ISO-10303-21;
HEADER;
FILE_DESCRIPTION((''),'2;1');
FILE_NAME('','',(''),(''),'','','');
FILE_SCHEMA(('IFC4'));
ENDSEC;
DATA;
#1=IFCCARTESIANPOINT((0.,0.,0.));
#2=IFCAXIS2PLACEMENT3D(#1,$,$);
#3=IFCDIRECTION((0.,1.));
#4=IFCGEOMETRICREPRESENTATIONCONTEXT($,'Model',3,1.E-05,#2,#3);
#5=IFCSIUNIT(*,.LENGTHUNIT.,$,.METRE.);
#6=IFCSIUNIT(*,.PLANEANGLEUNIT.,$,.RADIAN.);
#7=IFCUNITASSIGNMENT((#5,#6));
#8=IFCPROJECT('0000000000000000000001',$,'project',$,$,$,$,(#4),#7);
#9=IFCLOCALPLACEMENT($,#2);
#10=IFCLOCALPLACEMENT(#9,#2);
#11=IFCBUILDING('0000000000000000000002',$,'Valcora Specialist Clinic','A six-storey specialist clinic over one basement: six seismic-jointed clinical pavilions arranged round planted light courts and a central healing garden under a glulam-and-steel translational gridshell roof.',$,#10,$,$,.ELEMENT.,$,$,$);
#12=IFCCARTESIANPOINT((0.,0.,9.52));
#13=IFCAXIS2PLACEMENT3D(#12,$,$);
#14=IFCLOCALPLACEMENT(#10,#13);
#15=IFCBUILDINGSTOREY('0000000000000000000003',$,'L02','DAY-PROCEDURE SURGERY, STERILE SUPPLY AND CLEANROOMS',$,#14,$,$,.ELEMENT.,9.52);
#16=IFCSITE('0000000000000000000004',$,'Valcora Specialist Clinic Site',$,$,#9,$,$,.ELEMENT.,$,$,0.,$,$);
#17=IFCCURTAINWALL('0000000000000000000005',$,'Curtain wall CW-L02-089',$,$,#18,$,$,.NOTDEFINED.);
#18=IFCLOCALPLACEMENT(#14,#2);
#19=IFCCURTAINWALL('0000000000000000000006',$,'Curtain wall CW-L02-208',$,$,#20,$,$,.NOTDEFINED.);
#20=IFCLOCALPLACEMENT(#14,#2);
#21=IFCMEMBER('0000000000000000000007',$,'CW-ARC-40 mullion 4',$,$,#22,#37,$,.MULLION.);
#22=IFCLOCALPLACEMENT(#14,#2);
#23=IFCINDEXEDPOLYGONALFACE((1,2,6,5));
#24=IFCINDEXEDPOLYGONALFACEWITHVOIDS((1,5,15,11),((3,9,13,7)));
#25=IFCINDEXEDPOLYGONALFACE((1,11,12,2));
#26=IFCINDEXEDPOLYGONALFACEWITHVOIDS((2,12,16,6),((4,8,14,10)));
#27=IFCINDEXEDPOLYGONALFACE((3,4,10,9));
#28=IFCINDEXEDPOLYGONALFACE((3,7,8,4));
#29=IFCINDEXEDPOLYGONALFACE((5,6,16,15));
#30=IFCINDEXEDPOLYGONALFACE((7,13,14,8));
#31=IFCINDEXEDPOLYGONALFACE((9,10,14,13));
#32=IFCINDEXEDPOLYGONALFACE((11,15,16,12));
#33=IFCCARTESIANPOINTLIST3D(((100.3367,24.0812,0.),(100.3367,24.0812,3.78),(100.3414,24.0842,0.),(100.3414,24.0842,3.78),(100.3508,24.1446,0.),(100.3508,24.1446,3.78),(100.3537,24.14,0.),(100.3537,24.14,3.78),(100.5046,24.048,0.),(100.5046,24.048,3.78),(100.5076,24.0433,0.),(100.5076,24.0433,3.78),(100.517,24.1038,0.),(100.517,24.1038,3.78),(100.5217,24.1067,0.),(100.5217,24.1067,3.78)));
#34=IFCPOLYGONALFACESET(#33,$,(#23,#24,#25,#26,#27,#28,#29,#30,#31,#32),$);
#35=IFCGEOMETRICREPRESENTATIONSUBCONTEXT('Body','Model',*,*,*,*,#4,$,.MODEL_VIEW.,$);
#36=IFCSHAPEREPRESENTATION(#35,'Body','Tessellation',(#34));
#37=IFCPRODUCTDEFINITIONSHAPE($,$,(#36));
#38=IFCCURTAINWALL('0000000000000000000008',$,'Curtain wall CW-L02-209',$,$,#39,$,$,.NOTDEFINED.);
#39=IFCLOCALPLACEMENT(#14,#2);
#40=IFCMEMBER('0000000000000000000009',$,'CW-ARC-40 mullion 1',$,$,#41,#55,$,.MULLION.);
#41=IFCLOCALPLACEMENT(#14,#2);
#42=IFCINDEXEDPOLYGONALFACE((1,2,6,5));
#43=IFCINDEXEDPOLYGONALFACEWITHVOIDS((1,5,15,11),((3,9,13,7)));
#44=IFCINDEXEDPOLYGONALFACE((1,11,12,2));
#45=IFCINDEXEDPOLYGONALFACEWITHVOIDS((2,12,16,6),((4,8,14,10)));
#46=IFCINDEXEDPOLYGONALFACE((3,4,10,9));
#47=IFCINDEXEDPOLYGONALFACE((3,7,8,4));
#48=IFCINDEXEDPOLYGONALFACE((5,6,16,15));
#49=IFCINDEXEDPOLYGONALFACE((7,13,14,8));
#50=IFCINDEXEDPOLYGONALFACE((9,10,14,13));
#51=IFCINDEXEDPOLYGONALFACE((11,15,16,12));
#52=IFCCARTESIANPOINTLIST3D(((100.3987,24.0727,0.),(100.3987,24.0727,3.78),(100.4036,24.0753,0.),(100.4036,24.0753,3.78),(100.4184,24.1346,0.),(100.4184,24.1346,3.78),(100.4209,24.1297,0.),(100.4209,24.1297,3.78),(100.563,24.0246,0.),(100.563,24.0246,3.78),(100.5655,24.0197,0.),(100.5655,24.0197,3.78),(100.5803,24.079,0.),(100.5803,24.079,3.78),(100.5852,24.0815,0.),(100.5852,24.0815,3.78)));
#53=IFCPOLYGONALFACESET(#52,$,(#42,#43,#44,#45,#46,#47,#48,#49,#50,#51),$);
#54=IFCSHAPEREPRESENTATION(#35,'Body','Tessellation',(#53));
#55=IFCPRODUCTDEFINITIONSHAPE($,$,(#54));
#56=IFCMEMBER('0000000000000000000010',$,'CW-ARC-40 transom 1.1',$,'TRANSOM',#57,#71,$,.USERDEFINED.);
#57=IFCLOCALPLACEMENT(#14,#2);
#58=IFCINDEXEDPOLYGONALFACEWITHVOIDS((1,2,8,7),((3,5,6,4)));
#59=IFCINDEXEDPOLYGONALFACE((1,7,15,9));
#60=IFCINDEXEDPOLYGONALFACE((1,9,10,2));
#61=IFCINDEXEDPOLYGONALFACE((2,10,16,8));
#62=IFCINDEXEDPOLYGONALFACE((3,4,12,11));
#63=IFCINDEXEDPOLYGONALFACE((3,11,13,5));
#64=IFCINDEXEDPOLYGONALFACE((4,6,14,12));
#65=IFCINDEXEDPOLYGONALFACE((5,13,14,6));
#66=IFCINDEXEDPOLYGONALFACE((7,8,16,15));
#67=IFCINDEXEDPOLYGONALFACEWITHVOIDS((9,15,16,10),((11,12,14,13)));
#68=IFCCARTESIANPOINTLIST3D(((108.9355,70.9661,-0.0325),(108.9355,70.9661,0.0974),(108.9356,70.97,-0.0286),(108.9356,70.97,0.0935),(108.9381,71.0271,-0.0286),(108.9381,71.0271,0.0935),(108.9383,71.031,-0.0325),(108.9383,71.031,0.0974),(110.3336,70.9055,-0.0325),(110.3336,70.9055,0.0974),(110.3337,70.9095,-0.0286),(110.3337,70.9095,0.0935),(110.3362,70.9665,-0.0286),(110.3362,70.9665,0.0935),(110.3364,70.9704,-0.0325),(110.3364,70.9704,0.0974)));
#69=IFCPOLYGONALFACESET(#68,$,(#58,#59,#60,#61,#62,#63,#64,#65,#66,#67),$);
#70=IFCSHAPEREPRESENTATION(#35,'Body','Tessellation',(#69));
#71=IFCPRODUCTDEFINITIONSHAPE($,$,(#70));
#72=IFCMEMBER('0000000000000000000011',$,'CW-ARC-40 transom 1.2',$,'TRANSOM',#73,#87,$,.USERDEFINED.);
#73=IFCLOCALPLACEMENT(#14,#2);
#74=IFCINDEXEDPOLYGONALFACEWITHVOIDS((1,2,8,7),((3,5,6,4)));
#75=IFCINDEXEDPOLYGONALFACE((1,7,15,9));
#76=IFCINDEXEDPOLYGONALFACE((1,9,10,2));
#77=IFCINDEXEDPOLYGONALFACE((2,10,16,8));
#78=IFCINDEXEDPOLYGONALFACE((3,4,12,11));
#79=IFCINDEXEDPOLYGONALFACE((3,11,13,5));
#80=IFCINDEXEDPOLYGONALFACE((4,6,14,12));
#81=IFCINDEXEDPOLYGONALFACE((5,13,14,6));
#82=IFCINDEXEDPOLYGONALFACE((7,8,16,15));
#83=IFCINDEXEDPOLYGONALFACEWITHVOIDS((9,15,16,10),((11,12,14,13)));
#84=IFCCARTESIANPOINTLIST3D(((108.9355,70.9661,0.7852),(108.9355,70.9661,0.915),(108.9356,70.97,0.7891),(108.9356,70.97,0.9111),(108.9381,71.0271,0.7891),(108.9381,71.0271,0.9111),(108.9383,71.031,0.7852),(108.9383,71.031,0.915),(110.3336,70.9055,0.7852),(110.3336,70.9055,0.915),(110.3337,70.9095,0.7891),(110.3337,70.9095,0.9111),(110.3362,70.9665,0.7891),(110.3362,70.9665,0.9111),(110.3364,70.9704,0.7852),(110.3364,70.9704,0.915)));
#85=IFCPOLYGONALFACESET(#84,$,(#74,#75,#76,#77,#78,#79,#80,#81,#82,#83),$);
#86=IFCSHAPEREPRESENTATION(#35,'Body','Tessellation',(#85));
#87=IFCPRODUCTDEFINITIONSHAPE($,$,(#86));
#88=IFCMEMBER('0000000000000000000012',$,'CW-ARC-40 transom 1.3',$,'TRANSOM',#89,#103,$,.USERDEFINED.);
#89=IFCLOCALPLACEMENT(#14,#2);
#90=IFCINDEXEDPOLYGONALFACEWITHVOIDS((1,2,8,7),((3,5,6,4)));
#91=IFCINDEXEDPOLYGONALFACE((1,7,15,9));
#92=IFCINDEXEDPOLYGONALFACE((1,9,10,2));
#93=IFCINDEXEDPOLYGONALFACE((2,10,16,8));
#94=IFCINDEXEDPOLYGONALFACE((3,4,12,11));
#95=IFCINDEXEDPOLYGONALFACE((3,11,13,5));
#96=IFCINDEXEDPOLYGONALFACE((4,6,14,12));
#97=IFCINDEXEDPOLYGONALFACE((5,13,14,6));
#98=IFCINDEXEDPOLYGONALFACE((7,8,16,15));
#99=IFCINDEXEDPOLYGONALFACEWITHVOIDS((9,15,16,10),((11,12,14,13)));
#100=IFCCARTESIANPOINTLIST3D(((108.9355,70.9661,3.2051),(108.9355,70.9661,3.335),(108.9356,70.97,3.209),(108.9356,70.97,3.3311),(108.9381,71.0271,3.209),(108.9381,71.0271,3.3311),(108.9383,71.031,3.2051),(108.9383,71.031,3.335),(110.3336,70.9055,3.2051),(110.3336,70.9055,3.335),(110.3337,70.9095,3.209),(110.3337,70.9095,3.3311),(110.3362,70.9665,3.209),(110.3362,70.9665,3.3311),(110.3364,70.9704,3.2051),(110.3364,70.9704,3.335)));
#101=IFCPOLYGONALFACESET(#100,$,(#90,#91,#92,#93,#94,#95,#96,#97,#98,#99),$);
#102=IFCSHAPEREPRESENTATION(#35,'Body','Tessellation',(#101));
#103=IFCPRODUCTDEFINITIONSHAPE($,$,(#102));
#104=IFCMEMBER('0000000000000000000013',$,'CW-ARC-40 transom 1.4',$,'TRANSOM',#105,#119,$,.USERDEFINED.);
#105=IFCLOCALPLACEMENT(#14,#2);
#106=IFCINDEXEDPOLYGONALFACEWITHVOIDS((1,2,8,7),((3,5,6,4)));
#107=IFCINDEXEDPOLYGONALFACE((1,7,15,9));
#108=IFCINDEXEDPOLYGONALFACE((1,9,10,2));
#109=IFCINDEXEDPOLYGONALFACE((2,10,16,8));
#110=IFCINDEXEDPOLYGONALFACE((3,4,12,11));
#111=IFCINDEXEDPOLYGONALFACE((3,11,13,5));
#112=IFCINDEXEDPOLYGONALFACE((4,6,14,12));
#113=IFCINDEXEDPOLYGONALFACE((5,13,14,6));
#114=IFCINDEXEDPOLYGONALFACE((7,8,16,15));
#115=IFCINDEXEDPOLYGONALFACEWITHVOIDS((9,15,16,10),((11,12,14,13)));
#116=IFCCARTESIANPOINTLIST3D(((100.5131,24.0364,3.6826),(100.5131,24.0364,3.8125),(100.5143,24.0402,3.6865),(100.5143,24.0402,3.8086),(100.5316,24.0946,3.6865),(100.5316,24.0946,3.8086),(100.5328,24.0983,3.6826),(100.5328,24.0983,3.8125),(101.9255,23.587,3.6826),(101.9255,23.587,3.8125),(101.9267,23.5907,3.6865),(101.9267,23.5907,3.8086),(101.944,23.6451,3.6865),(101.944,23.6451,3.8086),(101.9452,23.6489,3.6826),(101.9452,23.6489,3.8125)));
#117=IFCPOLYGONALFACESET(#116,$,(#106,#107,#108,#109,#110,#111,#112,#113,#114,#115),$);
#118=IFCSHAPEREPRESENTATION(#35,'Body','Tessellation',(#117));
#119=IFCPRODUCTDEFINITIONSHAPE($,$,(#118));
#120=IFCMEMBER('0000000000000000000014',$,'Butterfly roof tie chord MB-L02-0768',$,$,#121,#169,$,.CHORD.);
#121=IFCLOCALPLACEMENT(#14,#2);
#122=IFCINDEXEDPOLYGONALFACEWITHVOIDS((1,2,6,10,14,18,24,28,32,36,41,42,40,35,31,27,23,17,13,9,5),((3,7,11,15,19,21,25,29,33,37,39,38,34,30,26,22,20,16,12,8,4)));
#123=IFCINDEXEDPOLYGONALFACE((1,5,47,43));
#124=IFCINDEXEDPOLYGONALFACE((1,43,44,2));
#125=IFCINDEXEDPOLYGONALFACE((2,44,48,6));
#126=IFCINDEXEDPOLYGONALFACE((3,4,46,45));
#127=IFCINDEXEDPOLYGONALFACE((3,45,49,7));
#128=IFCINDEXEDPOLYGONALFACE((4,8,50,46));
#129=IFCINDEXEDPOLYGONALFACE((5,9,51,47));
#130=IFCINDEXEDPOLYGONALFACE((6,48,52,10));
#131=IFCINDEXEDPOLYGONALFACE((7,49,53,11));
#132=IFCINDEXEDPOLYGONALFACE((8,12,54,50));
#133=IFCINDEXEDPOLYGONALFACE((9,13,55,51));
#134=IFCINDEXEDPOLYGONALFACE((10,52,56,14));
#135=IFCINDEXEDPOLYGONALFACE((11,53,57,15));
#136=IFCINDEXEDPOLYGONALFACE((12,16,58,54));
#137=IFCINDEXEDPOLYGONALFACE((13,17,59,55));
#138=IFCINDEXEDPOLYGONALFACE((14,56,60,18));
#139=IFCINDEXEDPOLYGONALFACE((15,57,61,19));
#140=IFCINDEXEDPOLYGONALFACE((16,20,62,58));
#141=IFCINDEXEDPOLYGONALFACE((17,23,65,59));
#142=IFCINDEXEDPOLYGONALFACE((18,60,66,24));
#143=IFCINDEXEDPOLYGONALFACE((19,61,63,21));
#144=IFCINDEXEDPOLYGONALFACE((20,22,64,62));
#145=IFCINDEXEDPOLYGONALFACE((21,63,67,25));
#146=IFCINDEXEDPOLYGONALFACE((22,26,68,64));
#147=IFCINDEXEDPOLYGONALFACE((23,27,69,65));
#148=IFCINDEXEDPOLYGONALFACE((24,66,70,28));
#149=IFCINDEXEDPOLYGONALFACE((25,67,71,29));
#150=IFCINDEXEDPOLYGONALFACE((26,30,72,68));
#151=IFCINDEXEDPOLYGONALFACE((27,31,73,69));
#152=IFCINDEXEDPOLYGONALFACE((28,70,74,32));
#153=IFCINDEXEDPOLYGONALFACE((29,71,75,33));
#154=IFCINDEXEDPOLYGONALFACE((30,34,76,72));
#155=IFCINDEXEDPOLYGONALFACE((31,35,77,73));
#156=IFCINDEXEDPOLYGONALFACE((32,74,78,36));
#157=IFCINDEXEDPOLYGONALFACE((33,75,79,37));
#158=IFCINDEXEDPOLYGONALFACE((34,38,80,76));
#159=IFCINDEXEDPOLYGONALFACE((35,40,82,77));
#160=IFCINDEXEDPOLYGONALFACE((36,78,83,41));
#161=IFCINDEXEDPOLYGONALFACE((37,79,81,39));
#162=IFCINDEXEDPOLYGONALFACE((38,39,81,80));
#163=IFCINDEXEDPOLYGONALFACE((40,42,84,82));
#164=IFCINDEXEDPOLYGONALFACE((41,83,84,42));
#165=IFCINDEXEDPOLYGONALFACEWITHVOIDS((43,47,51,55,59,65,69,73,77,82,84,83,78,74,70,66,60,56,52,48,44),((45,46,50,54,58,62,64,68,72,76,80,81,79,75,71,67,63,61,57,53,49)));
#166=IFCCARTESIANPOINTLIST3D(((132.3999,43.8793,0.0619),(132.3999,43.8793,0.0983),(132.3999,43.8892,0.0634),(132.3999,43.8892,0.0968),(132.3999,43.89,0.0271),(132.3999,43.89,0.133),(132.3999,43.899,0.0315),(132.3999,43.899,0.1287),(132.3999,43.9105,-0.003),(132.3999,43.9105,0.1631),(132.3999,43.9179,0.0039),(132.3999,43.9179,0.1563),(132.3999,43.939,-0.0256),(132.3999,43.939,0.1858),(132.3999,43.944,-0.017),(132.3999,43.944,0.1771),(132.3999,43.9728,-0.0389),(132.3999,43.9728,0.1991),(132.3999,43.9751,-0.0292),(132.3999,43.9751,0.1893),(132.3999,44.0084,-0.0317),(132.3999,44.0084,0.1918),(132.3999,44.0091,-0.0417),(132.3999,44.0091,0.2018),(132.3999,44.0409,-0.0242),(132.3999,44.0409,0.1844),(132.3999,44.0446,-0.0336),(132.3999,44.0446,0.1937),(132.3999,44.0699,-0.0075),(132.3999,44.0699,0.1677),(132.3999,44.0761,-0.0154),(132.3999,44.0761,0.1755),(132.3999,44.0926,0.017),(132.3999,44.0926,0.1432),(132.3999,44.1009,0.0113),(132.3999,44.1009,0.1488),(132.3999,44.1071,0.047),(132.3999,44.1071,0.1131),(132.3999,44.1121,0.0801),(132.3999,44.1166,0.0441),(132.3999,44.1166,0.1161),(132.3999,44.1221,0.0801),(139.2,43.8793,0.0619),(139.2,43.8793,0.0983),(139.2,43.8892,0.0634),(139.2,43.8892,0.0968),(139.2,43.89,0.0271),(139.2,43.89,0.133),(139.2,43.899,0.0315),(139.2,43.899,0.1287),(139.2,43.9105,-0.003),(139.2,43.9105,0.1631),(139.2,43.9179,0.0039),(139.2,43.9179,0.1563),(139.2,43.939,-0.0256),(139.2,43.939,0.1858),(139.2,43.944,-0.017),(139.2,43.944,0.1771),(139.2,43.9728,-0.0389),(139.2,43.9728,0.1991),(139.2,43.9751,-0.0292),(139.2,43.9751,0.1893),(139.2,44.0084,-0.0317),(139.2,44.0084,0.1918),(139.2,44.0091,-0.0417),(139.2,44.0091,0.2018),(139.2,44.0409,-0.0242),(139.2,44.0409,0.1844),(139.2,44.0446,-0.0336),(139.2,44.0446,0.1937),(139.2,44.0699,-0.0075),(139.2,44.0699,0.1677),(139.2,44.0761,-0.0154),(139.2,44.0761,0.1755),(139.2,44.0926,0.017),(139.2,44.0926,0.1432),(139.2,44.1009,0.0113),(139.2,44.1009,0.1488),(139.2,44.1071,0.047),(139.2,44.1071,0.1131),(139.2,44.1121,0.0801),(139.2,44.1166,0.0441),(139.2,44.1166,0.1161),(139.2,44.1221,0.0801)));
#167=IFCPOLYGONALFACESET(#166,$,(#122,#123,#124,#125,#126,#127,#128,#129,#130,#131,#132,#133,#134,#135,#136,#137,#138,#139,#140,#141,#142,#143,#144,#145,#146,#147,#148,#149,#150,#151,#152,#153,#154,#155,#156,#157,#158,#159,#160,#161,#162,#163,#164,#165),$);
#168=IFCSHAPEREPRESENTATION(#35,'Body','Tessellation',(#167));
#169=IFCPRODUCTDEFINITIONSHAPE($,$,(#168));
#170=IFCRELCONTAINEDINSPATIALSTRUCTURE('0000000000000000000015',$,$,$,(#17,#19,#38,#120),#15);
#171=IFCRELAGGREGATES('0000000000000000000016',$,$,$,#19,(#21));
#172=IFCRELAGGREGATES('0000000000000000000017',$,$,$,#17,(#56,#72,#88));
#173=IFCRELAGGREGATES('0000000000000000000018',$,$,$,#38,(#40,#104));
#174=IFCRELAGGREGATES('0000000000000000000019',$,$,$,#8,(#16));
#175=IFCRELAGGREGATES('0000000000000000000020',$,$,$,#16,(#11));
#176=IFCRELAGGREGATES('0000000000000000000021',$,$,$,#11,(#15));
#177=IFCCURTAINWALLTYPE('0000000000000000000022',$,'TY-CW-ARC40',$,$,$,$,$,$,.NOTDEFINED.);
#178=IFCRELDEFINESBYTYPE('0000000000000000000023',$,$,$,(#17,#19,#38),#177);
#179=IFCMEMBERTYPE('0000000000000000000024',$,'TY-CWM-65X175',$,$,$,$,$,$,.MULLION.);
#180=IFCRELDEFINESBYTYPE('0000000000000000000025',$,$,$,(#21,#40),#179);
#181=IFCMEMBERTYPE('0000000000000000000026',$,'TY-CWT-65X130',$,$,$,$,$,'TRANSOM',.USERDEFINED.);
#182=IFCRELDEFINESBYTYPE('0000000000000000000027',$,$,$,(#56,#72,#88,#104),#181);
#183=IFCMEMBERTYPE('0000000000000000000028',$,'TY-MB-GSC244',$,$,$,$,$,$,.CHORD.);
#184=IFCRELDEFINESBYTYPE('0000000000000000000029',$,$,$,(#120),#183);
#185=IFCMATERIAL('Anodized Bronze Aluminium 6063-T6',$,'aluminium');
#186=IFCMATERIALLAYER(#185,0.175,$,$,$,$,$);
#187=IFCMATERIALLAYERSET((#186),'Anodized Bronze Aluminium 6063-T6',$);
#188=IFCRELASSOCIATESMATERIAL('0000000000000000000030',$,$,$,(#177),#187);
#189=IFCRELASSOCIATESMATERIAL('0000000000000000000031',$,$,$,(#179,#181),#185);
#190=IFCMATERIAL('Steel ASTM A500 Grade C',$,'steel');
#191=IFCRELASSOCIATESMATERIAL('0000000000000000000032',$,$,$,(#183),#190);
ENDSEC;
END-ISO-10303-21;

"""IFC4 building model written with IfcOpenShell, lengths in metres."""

from ifc_helpers import new_model, si_unit, direction, frame, origin, origin_2d, place, context, subcontext, project, spatial, hollow_rectangle, hollow_circle, extrude, material, layer, layer_set, material_profile, profile_set, type_object, element, aggregate, save


model = new_model("IFC4")

# Units and contexts
model_context = context("Model", 3, precision=1e-05, world=origin(), true_north=direction((0.0, 1.0)))
body_context = subcontext(model_context, "Body", "Model", "MODEL_VIEW")
ifc_project = project(units=[si_unit("LENGTHUNIT", "METRE"), si_unit("PLANEANGLEUNIT", "RADIAN")], contexts=[model_context])

# Site, building, storey
site_placement = place(None, origin())
site = spatial("IfcSite", under=ifc_project, at=site_placement, Name="Valcora Specialist Clinic Site", CompositionType="ELEMENT", RefElevation=0.0)
building_placement = place(site_placement, origin())
building = spatial("IfcBuilding", under=site, at=building_placement, Name="Valcora Specialist Clinic", Description="A six-storey specialist clinic over one basement: six seismic-jointed clinical pavilions arranged round planted light courts and a central healing garden under a glulam-and-steel translational gridshell roof.", CompositionType="ELEMENT")
storey_placement = place(building_placement, frame((0.0, 0.0, 9.52)))
storey = spatial("IfcBuildingStorey", under=building, at=storey_placement, Name="L02", Description="DAY-PROCEDURE SURGERY, STERILE SUPPLY AND CLEANROOMS", CompositionType="ELEMENT", Elevation=9.52)

# Shared definitions
ifc_material_1 = material(Name="Steel ASTM A500 Grade C", Category="steel")

# Curtain walls, members
ifc_material_2 = material(Name="Anodized Bronze Aluminium 6063-T6", Category="aluminium")
ifc_layer_1 = layer(ifc_material_2, 0.175)
ifc_layer_set_1 = layer_set([ifc_layer_1], Name="Anodized Bronze Aluminium 6063-T6")
curtain_wall_type = type_object("IfcCurtainWallType", Name="TY-CW-ARC40", PredefinedType="NOTDEFINED", material=ifc_layer_set_1)
ifc_material_profile_1 = material_profile(ifc_material_2, hollow_rectangle(XDim=0.0649, YDim=0.175, WallThickness=0.0039, at=origin_2d()), Name="AL-MUL-65X175")
ifc_profile_set_1 = profile_set([ifc_material_profile_1], Name="Anodized Bronze Aluminium 6063-T6")
member_type_1 = type_object("IfcMemberType", Name="TY-CWM-65X175", PredefinedType="MULLION", material=ifc_profile_set_1)
curtain_wall_1_placement = place(storey_placement, origin())
curtain_wall_1 = element("IfcCurtainWall", 1, at=curtain_wall_1_placement, inside=storey, type_object=curtain_wall_type, Name="Curtain wall CW-L02-089", PredefinedType="NOTDEFINED")
curtain_wall_2_placement = place(storey_placement, origin())
curtain_wall_2 = element("IfcCurtainWall", 2, at=curtain_wall_2_placement, inside=storey, type_object=curtain_wall_type, Name="Curtain wall CW-L02-208", PredefinedType="NOTDEFINED")
member_1_placement = place(storey_placement, frame((100.4292, 24.094, 0.0), z_axis=(0.0, 0.0, 1.0), x_axis=(0.216518, 0.976279, 0.0)))
member_1 = element("IfcMember", 3, at=member_1_placement, type_object=member_type_1, Name="CW-ARC-40 mullion 4", PredefinedType="MULLION", context=body_context, shape_type="SweptSolid", body=[
    extrude(hollow_rectangle(XDim=0.0649, YDim=0.175, WallThickness=0.0039, at=origin_2d()), origin(), (0.0, 0.0, 1.0), 3.78),
])
aggregate(curtain_wall_2, [member_1])
curtain_wall_3_placement = place(storey_placement, origin())
curtain_wall_3 = element("IfcCurtainWall", 4, at=curtain_wall_3_placement, inside=storey, type_object=curtain_wall_type, Name="Curtain wall CW-L02-209", PredefinedType="NOTDEFINED")
member_2_placement = place(storey_placement, frame((100.4919, 24.0771, 0.0), z_axis=(0.0, 0.0, 1.0), x_axis=(0.303233, 0.952916, 0.0)))
member_2 = element("IfcMember", 5, at=member_2_placement, type_object=member_type_1, Name="CW-ARC-40 mullion 1", PredefinedType="MULLION", context=body_context, shape_type="SweptSolid", body=[
    extrude(hollow_rectangle(XDim=0.0649, YDim=0.175, WallThickness=0.0039, at=origin_2d()), origin(), (0.0, 0.0, 1.0), 3.78),
])

# Members
ifc_material_profile_2 = material_profile(ifc_material_2, hollow_rectangle(XDim=0.0649, YDim=0.1299, WallThickness=0.0039, at=origin_2d()), Name="AL-TRN-65X130")
ifc_profile_set_2 = profile_set([ifc_material_profile_2], Name="Anodized Bronze Aluminium 6063-T6")
member_type_2 = type_object("IfcMemberType", Name="TY-CWT-65X130", ElementType="TRANSOM", PredefinedType="USERDEFINED", material=ifc_profile_set_2)
member_3_placement = place(storey_placement, frame((110.335, 70.938, 0.0325), z_axis=(-0.999064, 0.043263, 0.0), x_axis=(-0.043263, -0.999064, 0.0)))
member_3 = element("IfcMember", 6, at=member_3_placement, type_object=member_type_2, Name="CW-ARC-40 transom 1.1", ObjectType="TRANSOM", PredefinedType="USERDEFINED", context=body_context, shape_type="SweptSolid", body=[
    extrude(hollow_rectangle(XDim=0.0649, YDim=0.1299, WallThickness=0.0039, at=origin_2d()), origin(), (0.0, 0.0, 1.0), 1.3994),
])
member_4_placement = place(storey_placement, frame((110.335, 70.938, 0.8501), z_axis=(-0.999064, 0.043263, 0.0), x_axis=(-0.043263, -0.999064, 0.0)))
member_4 = element("IfcMember", 7, at=member_4_placement, type_object=member_type_2, Name="CW-ARC-40 transom 1.2", ObjectType="TRANSOM", PredefinedType="USERDEFINED", context=body_context, shape_type="SweptSolid", body=[
    extrude(hollow_rectangle(XDim=0.0649, YDim=0.1299, WallThickness=0.0039, at=origin_2d()), origin(), (0.0, 0.0, 1.0), 1.3994),
])
member_5_placement = place(storey_placement, frame((110.335, 70.938, 3.27), z_axis=(-0.999064, 0.043263, 0.0), x_axis=(-0.043263, -0.999064, 0.0)))
member_5 = element("IfcMember", 8, at=member_5_placement, type_object=member_type_2, Name="CW-ARC-40 transom 1.3", ObjectType="TRANSOM", PredefinedType="USERDEFINED", context=body_context, shape_type="SweptSolid", body=[
    extrude(hollow_rectangle(XDim=0.0649, YDim=0.1299, WallThickness=0.0039, at=origin_2d()), origin(), (0.0, 0.0, 1.0), 1.3994),
])
aggregate(curtain_wall_1, [member_3, member_4, member_5])
member_6_placement = place(storey_placement, frame((100.5229, 24.0674, 3.7476), z_axis=(0.952911, -0.303251, 0.0), x_axis=(0.303251, 0.952911, 0.0)))
member_6 = element("IfcMember", 9, at=member_6_placement, type_object=member_type_2, Name="CW-ARC-40 transom 1.4", ObjectType="TRANSOM", PredefinedType="USERDEFINED", context=body_context, shape_type="SweptSolid", body=[
    extrude(hollow_rectangle(XDim=0.0649, YDim=0.1299, WallThickness=0.0039, at=origin_2d()), origin(), (0.0, 0.0, 1.0), 1.4822),
])
aggregate(curtain_wall_3, [member_2, member_6])

# Member
ifc_material_profile_3 = material_profile(ifc_material_1, hollow_circle(Radius=0.1221, WallThickness=0.01, at=origin_2d()), Name="ST-CHS-244X10")
ifc_profile_set_3 = profile_set([ifc_material_profile_3], Name="Steel ASTM A500 Grade C")
member_type_3 = type_object("IfcMemberType", Name="TY-MB-GSC244", PredefinedType="CHORD", material=ifc_profile_set_3)
for number, where, z_axis, x_axis, name in (
    (10, (132.3999, 44.0, 0.0801), (1.0, 0.0, 0.0), (0.0, 1.0, 0.0), "Butterfly roof tie chord MB-L02-0768"),
):
    element("IfcMember", number, at=place(storey_placement, frame(where, z_axis=z_axis, x_axis=x_axis)), inside=storey, type_object=member_type_3, Name=name, PredefinedType="CHORD", context=body_context, shape_type="SweptSolid", body=[
        extrude(hollow_circle(Radius=0.1221, WallThickness=0.01, at=origin_2d()), origin(), (0.0, 0.0, 1.0), 6.8),
    ])

save(model, "model.ifc")
